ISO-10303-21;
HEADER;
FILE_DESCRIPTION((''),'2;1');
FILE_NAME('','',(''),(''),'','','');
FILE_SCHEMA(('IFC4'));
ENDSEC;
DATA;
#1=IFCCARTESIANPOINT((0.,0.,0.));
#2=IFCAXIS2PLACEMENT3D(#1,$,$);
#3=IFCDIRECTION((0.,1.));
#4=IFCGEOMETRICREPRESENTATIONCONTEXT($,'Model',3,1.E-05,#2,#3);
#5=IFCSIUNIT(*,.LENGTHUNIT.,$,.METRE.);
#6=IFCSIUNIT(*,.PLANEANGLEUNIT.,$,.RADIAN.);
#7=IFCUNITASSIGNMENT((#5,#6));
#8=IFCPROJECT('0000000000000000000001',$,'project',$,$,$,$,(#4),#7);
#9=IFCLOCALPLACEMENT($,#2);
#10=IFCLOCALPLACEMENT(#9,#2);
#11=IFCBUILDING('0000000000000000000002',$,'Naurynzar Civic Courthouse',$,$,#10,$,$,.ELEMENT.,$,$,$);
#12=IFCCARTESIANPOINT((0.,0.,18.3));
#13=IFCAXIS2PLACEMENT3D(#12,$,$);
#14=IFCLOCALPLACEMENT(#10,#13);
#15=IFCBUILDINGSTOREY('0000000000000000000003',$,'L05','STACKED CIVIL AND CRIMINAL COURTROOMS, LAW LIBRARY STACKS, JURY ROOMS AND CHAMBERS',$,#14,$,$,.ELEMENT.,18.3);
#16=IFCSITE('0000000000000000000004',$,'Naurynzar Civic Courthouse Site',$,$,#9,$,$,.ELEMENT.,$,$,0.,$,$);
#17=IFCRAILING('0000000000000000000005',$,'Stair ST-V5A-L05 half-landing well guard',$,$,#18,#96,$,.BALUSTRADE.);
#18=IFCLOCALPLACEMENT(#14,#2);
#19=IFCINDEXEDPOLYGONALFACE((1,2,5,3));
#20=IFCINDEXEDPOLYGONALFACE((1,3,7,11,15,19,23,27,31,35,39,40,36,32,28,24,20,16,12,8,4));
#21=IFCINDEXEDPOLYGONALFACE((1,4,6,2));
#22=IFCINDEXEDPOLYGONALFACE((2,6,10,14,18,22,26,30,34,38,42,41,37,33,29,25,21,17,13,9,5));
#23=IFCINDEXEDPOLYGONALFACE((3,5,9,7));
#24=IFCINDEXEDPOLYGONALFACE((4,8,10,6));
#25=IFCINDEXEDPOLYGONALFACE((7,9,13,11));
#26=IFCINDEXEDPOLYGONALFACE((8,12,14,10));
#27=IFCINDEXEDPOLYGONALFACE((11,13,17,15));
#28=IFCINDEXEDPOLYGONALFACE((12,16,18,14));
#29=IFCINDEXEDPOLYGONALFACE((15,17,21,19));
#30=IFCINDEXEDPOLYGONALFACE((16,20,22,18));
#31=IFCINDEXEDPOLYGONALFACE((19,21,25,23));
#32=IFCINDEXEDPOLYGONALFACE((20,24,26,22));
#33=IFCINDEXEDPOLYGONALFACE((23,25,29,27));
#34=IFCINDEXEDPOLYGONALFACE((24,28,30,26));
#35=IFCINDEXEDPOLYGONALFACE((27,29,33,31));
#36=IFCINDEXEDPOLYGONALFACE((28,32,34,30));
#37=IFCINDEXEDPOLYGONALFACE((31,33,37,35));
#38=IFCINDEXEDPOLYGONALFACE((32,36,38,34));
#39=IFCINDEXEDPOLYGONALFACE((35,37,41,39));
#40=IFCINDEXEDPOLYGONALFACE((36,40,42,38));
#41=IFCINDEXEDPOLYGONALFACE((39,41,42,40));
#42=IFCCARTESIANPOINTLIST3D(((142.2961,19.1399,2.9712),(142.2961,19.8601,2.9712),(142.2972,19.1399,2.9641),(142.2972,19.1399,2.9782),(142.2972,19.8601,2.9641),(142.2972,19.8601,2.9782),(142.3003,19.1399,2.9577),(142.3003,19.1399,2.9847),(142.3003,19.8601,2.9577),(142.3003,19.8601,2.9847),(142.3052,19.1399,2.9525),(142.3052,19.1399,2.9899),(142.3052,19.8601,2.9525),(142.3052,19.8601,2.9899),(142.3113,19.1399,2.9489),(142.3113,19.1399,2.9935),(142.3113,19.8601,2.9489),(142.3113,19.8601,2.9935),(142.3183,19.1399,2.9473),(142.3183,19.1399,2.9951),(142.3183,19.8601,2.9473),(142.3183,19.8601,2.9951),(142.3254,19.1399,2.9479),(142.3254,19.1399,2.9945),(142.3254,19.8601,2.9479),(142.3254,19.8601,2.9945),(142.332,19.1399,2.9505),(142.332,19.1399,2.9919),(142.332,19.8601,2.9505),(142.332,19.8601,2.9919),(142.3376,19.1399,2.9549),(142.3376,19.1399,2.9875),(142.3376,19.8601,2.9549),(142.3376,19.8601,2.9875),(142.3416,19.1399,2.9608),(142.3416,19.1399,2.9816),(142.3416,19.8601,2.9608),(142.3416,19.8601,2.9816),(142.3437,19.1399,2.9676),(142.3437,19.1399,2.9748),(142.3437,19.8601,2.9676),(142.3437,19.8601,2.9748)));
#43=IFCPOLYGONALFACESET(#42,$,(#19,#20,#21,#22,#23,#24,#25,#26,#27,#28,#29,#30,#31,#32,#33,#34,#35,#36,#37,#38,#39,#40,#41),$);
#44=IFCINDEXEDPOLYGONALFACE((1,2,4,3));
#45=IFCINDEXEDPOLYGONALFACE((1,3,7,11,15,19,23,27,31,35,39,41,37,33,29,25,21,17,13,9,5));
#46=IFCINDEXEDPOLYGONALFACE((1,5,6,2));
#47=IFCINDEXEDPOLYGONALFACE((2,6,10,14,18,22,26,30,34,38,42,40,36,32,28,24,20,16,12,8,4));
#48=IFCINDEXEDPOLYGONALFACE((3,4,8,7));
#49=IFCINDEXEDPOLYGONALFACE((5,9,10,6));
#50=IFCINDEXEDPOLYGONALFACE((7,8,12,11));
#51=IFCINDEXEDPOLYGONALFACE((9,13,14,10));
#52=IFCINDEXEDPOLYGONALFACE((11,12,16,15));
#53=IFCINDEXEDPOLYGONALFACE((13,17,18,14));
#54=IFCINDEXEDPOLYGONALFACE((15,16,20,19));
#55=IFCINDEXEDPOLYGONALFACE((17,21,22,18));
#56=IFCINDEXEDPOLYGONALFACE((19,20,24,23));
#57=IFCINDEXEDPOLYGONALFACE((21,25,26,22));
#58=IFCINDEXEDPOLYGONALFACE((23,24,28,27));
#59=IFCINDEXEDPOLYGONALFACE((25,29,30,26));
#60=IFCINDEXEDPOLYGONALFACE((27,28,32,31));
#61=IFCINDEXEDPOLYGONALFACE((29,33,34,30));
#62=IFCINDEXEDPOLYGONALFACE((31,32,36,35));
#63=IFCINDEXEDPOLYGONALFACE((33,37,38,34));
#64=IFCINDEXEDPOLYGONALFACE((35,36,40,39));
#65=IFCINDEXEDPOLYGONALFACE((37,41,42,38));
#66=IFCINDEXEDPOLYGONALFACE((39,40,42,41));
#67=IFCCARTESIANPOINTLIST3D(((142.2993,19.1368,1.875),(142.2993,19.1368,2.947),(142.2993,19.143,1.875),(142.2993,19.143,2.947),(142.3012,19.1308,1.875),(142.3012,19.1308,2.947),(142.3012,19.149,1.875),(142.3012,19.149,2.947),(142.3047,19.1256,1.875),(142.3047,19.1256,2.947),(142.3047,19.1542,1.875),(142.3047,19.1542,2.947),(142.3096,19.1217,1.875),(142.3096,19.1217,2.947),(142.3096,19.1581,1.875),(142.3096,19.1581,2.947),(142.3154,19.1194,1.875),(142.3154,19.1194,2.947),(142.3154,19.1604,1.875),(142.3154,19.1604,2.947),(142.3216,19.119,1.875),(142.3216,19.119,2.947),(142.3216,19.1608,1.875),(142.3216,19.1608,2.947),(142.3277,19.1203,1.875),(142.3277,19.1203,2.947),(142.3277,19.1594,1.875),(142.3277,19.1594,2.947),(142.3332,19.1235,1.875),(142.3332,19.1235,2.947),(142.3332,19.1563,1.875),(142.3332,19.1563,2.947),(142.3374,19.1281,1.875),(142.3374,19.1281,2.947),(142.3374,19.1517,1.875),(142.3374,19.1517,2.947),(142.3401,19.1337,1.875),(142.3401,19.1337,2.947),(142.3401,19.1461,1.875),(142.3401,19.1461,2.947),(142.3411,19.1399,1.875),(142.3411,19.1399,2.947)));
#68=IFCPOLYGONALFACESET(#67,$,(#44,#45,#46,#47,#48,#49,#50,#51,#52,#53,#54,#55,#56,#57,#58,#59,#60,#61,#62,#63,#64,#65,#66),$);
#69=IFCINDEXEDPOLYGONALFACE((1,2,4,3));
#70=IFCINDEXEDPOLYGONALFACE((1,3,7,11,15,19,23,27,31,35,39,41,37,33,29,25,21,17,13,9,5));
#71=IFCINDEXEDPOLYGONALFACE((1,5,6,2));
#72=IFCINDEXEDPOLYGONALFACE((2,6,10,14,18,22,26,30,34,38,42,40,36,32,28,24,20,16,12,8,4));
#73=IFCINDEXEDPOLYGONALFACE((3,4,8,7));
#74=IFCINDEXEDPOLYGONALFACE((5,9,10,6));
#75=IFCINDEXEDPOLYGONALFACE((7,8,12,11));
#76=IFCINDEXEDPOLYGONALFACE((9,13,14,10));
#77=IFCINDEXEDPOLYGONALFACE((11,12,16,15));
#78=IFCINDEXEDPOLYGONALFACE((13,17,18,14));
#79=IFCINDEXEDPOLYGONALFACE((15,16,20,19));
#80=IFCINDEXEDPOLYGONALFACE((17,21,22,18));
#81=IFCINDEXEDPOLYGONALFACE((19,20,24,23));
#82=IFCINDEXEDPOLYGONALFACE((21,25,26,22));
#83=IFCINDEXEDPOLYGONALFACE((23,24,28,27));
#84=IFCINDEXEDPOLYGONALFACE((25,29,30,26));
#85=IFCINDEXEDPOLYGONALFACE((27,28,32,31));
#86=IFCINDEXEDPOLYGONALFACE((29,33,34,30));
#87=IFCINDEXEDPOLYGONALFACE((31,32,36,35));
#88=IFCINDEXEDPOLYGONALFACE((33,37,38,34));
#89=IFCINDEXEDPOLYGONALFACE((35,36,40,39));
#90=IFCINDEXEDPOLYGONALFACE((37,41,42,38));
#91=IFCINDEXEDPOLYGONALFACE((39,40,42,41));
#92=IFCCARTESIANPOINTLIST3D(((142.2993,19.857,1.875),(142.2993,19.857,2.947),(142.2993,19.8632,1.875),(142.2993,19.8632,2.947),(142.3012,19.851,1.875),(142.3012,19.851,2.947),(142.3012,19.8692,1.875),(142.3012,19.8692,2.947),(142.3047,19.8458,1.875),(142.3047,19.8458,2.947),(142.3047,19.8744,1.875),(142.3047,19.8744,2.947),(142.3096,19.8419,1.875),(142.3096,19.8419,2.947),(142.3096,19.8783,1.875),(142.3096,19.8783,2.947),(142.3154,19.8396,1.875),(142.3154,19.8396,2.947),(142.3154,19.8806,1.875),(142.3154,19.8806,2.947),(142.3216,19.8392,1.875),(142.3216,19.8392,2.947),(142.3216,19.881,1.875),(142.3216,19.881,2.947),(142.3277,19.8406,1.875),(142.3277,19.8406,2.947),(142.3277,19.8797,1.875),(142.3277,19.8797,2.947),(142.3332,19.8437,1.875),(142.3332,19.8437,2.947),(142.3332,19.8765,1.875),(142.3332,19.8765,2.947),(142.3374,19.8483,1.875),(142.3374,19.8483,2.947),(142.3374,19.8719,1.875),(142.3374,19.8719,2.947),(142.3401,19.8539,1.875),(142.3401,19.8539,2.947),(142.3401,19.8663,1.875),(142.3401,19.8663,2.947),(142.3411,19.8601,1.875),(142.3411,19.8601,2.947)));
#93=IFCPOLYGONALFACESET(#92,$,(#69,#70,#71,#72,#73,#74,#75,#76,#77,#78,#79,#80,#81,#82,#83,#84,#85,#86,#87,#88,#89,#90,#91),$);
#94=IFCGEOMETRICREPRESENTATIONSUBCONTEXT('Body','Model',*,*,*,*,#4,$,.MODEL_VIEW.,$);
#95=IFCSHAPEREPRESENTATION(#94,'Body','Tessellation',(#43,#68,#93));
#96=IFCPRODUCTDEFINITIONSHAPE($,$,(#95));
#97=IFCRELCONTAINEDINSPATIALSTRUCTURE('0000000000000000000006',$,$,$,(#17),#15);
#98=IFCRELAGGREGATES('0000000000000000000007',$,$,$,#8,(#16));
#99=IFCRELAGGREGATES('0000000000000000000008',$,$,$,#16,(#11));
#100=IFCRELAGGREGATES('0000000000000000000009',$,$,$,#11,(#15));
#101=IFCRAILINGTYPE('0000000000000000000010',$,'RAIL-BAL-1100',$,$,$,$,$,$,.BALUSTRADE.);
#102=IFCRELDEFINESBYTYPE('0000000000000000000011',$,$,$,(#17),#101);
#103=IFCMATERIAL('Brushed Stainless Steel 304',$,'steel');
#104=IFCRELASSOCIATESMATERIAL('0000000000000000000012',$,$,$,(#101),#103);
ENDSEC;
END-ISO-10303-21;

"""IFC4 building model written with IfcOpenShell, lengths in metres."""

from ifc_helpers import new_model, si_unit, direction, frame, origin, origin_2d, place, context, subcontext, project, spatial, circle, extrude, material, type_object, element, save


model = new_model("IFC4")

# Units and contexts
model_context = context("Model", 3, precision=1e-05, world=origin(), true_north=direction((0.0, 1.0)))
body_context = subcontext(model_context, "Body", "Model", "MODEL_VIEW")
ifc_project = project(units=[si_unit("LENGTHUNIT", "METRE"), si_unit("PLANEANGLEUNIT", "RADIAN")], contexts=[model_context])

# Site, building, storey
site_placement = place(None, origin())
site = spatial("IfcSite", under=ifc_project, at=site_placement, Name="Naurynzar Civic Courthouse Site", CompositionType="ELEMENT", RefElevation=0.0)
building_placement = place(site_placement, origin())
building = spatial("IfcBuilding", under=site, at=building_placement, Name="Naurynzar Civic Courthouse", CompositionType="ELEMENT")
storey_placement = place(building_placement, frame((0.0, 0.0, 18.3)))
storey = spatial("IfcBuildingStorey", under=building, at=storey_placement, Name="L05", Description="STACKED CIVIL AND CRIMINAL COURTROOMS, LAW LIBRARY STACKS, JURY ROOMS AND CHAMBERS", CompositionType="ELEMENT", Elevation=18.3)

# Railing
ifc_material_1 = material(Name="Brushed Stainless Steel 304", Category="steel")
railing_type_1 = type_object("IfcRailingType", Name="RAIL-BAL-1100", PredefinedType="BALUSTRADE", material=ifc_material_1)
railing_1_placement = place(storey_placement, frame((142.3201, 19.1399, 1.875)))
element("IfcRailing", 1, at=railing_1_placement, inside=storey, type_object=railing_type_1, Name="Stair ST-V5A-L05 half-landing well guard", PredefinedType="BALUSTRADE", context=body_context, shape_type="SweptSolid", body=[
    extrude(circle(Radius=0.0239, at=origin_2d()), frame((0.0, 0.0, 1.0962), z_axis=(0.0, 1.0, 0.0), x_axis=(-1.0, 0.0, 0.0)), (0.0, 0.0, 1.0), 0.7202),
    extrude(circle(Radius=0.021, at=origin_2d()), origin(), (0.0, 0.0, 1.0), 1.072),
    extrude(circle(Radius=0.021, at=origin_2d()), frame((0.0, 0.7202, 0.0)), (0.0, 0.0, 1.0), 1.072),
])

save(model, "model.ifc")
